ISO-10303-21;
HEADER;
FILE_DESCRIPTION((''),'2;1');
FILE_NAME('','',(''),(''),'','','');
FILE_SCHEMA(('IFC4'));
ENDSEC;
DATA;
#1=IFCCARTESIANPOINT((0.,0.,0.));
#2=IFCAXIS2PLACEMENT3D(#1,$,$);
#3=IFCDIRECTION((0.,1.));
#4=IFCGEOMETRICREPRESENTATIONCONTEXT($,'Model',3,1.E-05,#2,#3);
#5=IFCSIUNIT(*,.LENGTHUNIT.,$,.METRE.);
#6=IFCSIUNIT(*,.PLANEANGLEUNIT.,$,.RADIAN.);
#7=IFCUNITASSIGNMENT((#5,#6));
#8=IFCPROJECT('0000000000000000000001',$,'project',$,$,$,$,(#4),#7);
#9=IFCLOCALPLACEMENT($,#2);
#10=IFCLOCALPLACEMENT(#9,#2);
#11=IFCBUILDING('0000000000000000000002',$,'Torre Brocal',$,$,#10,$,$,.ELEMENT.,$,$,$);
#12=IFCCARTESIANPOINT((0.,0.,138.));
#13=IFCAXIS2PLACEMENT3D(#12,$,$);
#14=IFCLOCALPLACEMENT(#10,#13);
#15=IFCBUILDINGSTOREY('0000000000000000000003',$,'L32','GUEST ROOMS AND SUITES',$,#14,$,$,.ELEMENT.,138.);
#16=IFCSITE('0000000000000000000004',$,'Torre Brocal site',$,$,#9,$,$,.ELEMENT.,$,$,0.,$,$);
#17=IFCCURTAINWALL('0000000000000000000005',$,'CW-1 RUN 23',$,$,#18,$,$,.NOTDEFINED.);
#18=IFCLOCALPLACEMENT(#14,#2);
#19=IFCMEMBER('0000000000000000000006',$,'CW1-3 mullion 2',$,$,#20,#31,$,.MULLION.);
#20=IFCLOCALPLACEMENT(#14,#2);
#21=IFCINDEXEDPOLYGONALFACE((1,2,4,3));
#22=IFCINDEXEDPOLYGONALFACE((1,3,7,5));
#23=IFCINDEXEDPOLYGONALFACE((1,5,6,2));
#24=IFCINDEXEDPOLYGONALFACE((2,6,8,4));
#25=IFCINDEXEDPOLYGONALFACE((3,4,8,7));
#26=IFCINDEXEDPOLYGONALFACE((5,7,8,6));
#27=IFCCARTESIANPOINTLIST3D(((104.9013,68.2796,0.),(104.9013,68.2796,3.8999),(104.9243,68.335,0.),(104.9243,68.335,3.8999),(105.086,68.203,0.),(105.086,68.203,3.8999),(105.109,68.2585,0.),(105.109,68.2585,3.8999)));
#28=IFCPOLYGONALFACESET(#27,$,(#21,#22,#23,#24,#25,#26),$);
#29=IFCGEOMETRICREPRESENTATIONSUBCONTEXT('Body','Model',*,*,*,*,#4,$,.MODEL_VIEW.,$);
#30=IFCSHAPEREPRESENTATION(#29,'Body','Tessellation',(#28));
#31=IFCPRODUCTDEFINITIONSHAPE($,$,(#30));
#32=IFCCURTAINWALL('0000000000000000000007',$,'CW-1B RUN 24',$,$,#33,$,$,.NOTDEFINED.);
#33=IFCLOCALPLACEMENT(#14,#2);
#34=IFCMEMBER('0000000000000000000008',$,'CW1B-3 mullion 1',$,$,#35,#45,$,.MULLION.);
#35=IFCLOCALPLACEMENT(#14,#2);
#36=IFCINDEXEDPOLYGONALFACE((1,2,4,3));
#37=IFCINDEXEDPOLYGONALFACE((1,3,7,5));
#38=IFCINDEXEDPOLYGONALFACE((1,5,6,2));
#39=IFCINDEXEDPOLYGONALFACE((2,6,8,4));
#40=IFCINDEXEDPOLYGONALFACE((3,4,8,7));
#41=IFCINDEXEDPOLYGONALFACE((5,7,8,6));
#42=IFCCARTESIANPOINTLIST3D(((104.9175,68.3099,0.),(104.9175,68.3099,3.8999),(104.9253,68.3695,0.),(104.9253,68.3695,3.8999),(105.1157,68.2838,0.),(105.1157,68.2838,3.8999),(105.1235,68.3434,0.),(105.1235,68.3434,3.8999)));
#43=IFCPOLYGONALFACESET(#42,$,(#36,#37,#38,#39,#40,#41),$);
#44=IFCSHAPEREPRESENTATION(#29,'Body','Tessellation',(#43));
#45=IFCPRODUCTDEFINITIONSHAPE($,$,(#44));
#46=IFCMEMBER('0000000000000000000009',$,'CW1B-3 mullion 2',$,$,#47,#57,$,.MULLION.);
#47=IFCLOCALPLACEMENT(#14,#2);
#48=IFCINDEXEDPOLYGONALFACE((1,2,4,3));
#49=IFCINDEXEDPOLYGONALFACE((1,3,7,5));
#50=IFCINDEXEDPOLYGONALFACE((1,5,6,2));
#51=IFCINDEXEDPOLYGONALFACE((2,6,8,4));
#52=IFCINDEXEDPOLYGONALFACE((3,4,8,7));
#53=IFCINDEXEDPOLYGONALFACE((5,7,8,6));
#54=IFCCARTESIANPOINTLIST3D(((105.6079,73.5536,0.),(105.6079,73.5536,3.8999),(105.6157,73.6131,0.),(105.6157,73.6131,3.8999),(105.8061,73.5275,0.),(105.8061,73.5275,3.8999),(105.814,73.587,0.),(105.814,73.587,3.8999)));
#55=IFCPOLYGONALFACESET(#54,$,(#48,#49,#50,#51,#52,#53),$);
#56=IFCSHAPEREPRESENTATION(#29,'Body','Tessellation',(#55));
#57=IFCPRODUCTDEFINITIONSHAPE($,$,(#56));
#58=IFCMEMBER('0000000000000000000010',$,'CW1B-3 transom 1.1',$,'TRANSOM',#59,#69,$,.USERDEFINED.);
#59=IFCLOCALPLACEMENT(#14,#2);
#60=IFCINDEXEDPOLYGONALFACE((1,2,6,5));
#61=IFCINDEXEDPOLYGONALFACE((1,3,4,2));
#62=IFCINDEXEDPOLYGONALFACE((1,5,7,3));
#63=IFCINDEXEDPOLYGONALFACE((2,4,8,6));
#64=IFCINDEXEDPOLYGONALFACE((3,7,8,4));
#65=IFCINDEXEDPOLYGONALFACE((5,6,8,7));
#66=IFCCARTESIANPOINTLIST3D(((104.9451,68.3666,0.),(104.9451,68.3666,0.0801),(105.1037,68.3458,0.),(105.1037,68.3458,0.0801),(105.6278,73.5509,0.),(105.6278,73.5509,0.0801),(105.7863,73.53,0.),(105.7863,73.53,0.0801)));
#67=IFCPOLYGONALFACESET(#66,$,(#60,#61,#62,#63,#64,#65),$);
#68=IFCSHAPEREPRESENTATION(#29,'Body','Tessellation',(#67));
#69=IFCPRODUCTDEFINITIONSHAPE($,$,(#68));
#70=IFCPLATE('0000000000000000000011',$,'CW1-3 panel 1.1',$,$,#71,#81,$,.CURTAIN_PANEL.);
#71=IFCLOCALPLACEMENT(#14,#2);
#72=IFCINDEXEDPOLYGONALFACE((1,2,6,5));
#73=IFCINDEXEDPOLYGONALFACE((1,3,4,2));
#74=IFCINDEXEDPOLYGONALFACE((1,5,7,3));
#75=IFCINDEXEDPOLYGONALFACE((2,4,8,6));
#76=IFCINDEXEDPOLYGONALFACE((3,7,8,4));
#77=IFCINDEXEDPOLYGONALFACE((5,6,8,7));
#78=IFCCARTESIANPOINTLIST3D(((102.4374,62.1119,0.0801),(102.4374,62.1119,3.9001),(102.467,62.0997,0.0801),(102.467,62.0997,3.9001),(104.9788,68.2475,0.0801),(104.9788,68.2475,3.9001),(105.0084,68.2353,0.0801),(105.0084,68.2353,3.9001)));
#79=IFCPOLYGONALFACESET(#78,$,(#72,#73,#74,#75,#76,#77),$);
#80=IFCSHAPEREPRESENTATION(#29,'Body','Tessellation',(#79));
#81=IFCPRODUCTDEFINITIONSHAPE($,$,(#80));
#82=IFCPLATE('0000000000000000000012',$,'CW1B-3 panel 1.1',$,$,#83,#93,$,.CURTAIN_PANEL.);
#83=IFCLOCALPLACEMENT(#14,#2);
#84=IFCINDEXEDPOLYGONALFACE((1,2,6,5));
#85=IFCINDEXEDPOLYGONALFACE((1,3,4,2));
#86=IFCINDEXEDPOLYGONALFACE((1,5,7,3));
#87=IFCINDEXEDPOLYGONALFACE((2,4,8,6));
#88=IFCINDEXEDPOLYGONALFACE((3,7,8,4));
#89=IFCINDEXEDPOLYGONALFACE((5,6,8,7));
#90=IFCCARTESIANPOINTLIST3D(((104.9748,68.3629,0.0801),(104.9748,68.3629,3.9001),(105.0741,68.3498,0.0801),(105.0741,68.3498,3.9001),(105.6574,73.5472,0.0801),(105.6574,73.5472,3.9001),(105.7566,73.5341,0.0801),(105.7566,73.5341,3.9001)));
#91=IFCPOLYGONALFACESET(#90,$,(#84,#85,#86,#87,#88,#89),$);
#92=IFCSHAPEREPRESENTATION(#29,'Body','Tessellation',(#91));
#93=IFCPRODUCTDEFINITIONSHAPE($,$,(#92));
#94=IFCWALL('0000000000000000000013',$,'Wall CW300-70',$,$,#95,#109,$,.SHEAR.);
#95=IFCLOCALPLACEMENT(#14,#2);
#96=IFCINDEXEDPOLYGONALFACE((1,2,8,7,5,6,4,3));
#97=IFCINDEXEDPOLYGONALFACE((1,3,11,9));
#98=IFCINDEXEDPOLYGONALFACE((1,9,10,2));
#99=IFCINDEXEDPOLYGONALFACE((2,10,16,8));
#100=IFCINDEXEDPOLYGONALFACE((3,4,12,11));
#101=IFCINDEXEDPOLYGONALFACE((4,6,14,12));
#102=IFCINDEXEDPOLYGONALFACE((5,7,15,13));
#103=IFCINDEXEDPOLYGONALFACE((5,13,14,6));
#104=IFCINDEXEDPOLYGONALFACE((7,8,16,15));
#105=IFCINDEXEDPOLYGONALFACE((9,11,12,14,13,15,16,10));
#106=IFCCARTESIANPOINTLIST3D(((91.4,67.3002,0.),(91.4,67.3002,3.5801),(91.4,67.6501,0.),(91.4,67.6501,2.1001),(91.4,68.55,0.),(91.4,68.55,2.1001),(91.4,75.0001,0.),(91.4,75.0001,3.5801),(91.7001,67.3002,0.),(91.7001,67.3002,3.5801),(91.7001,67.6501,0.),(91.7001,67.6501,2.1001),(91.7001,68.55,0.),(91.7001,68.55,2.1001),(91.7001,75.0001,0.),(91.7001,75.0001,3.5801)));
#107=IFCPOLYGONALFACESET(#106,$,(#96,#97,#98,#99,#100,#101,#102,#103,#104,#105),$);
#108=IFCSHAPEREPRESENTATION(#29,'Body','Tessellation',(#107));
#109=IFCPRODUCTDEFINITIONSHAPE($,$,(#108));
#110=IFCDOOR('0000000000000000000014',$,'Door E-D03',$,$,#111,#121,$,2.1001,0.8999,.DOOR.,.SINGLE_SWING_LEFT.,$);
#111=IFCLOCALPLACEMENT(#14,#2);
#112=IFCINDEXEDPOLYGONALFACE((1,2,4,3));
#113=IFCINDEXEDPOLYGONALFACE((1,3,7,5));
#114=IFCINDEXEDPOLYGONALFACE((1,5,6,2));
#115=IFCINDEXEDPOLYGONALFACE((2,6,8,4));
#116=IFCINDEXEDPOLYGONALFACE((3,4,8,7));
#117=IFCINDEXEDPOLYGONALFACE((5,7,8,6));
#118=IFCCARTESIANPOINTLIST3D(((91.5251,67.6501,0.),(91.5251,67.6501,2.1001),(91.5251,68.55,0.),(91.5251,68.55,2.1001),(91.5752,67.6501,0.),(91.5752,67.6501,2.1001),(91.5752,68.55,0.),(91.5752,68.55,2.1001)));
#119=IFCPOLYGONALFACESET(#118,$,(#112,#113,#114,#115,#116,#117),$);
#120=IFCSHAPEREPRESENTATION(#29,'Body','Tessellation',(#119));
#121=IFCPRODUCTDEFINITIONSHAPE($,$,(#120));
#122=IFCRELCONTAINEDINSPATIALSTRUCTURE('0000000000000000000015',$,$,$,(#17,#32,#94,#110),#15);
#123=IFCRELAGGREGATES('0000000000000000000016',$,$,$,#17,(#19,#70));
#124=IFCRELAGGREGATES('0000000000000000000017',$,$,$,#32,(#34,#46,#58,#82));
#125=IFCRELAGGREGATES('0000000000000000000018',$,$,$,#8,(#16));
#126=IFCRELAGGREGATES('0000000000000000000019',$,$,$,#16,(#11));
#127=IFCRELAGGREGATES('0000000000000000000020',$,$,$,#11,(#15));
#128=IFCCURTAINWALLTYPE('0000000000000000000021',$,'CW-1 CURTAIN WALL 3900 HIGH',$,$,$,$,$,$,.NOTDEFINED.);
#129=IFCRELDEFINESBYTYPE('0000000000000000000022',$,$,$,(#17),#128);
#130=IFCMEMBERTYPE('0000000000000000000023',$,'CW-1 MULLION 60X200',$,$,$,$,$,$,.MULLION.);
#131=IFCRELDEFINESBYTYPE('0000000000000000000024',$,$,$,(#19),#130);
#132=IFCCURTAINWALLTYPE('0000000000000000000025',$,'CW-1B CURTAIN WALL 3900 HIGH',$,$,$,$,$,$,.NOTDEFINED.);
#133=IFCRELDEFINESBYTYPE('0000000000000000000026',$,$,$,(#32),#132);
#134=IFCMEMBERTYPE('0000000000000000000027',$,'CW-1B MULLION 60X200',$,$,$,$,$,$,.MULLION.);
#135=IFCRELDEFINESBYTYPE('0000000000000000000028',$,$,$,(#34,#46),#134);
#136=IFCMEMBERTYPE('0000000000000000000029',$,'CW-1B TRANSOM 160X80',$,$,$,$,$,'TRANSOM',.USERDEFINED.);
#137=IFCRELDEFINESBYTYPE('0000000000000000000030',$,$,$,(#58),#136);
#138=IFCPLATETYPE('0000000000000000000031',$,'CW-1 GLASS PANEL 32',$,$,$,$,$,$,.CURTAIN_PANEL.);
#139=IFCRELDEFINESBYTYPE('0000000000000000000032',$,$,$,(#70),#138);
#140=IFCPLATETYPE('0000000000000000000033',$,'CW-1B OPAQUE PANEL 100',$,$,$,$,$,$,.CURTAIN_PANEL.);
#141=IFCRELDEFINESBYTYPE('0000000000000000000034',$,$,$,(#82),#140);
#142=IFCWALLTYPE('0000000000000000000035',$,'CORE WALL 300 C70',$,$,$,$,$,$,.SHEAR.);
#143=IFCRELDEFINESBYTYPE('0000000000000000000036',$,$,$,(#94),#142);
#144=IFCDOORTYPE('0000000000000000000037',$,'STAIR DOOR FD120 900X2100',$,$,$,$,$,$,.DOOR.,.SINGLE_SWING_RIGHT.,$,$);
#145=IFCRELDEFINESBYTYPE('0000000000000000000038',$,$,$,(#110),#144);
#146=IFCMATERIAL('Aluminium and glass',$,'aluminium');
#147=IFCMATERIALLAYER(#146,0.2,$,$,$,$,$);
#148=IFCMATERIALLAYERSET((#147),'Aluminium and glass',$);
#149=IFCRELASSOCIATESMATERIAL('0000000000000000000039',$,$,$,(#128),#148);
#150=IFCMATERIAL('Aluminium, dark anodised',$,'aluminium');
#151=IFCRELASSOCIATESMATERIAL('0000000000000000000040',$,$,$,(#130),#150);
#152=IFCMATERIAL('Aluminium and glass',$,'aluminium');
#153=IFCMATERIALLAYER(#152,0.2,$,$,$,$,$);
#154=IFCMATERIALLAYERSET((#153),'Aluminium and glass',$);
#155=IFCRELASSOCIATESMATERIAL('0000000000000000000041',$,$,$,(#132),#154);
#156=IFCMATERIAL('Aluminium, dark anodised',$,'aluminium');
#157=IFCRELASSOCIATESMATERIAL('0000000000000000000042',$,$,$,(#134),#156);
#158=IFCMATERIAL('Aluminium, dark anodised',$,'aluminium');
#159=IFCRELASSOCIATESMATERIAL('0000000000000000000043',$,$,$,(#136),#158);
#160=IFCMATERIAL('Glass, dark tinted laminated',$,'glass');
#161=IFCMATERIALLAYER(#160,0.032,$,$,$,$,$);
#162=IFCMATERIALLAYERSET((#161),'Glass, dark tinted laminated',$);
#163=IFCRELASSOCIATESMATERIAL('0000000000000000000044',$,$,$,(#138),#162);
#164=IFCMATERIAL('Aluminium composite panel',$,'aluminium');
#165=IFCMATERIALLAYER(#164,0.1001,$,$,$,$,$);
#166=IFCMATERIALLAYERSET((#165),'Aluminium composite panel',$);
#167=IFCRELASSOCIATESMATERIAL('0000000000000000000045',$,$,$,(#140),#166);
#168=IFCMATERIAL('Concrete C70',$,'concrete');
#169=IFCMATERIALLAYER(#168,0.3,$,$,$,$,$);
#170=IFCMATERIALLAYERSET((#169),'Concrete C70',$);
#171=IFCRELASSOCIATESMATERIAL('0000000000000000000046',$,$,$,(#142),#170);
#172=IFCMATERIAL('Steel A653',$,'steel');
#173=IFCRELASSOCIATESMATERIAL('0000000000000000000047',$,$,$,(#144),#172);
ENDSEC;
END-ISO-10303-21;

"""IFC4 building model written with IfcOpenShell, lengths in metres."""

from ifc_helpers import new_model, si_unit, direction, frame, frame_2d, origin, origin_2d, place, context, subcontext, project, spatial, rectangle, extrude, material, layer, layer_set, material_profile, profile_set, type_object, element, fill, aggregate, save


model = new_model("IFC4")

# Units and contexts
model_context = context("Model", 3, precision=1e-05, world=origin(), true_north=direction((0.0, 1.0)))
body_context = subcontext(model_context, "Body", "Model", "MODEL_VIEW")
ifc_project = project(units=[si_unit("LENGTHUNIT", "METRE"), si_unit("PLANEANGLEUNIT", "RADIAN")], contexts=[model_context])

# Site, building, storey
site_placement = place(None, origin())
site = spatial("IfcSite", under=ifc_project, at=site_placement, Name="Torre Brocal site", CompositionType="ELEMENT", RefElevation=0.0)
building_placement = place(site_placement, origin())
building = spatial("IfcBuilding", under=site, at=building_placement, Name="Torre Brocal", CompositionType="ELEMENT")
storey_placement = place(building_placement, frame((0.0, 0.0, 138.0)))
storey = spatial("IfcBuildingStorey", under=building, at=storey_placement, Name="L32", Description="GUEST ROOMS AND SUITES", CompositionType="ELEMENT", Elevation=138.0)

# Curtain wall, member
ifc_material_1 = material(Name="Aluminium and glass", Category="aluminium")
ifc_layer_1 = layer(ifc_material_1, 0.2)
ifc_layer_set_1 = layer_set([ifc_layer_1], Name="Aluminium and glass")
curtain_wall_type_1 = type_object("IfcCurtainWallType", Name="CW-1 CURTAIN WALL 3900 HIGH", PredefinedType="NOTDEFINED", material=ifc_layer_set_1)
curtain_wall_1_placement = place(storey_placement, origin())
curtain_wall_1 = element("IfcCurtainWall", 1, at=curtain_wall_1_placement, inside=storey, type_object=curtain_wall_type_1, Name="CW-1 RUN 23", PredefinedType="NOTDEFINED")
ifc_material_2 = material(Name="Aluminium, dark anodised", Category="aluminium")
ifc_material_profile_1 = material_profile(ifc_material_2, rectangle(XDim=0.2, YDim=0.0601, at=origin_2d()), Name="CW-1 MULLION 60X200")
ifc_profile_set_1 = profile_set([ifc_material_profile_1], Name="Aluminium, dark anodised")
member_type_1 = type_object("IfcMemberType", Name="CW-1 MULLION 60X200", PredefinedType="MULLION", material=ifc_profile_set_1)
member_1_placement = place(storey_placement, frame((105.0051, 68.269, 0.0), z_axis=(0.0, 0.0, 1.0), x_axis=(-0.92388, 0.382683, 0.0)))
member_1 = element("IfcMember", 2, at=member_1_placement, type_object=member_type_1, Name="CW1-3 mullion 2", PredefinedType="MULLION", context=body_context, shape_type="SweptSolid", body=[
    extrude(rectangle(XDim=0.2, YDim=0.0601, at=origin_2d()), origin(), (0.0, 0.0, 1.0), 3.8999),
])

# Curtain wall, members
ifc_material_3 = material(Name="Aluminium and glass", Category="aluminium")
ifc_layer_2 = layer(ifc_material_3, 0.2)
ifc_layer_set_2 = layer_set([ifc_layer_2], Name="Aluminium and glass")
curtain_wall_type_2 = type_object("IfcCurtainWallType", Name="CW-1B CURTAIN WALL 3900 HIGH", PredefinedType="NOTDEFINED", material=ifc_layer_set_2)
curtain_wall_2_placement = place(storey_placement, origin())
curtain_wall_2 = element("IfcCurtainWall", 3, at=curtain_wall_2_placement, inside=storey, type_object=curtain_wall_type_2, Name="CW-1B RUN 24", PredefinedType="NOTDEFINED")
ifc_material_4 = material(Name="Aluminium, dark anodised", Category="aluminium")
ifc_material_profile_2 = material_profile(ifc_material_4, rectangle(XDim=0.2, YDim=0.0601, at=origin_2d()), Name="CW-1B MULLION 60X200")
ifc_profile_set_2 = profile_set([ifc_material_profile_2], Name="Aluminium, dark anodised")
member_type_2 = type_object("IfcMemberType", Name="CW-1B MULLION 60X200", PredefinedType="MULLION", material=ifc_profile_set_2)
member_2_placement = place(storey_placement, frame((105.0205, 68.3267, 0.0), z_axis=(0.0, 0.0, 1.0), x_axis=(-0.991445, 0.130526, 0.0)))
member_2 = element("IfcMember", 4, at=member_2_placement, type_object=member_type_2, Name="CW1B-3 mullion 1", PredefinedType="MULLION", context=body_context, shape_type="SweptSolid", body=[
    extrude(rectangle(XDim=0.2, YDim=0.0601, at=origin_2d()), origin(), (0.0, 0.0, 1.0), 3.8999),
])
member_3_placement = place(storey_placement, frame((105.7109, 73.5703, 0.0), z_axis=(0.0, 0.0, 1.0), x_axis=(-0.991445, 0.130526, 0.0)))
member_3 = element("IfcMember", 5, at=member_3_placement, type_object=member_type_2, Name="CW1B-3 mullion 2", PredefinedType="MULLION", context=body_context, shape_type="SweptSolid", body=[
    extrude(rectangle(XDim=0.2, YDim=0.0601, at=origin_2d()), origin(), (0.0, 0.0, 1.0), 3.8999),
])
ifc_material_5 = material(Name="Aluminium, dark anodised", Category="aluminium")
ifc_material_profile_3 = material_profile(ifc_material_5, rectangle(XDim=0.1599, YDim=0.0801, at=origin_2d()), Name="CW-1B TRANSOM 160X80")
ifc_profile_set_3 = profile_set([ifc_material_profile_3], Name="Aluminium, dark anodised")
member_type_3 = type_object("IfcMemberType", Name="CW-1B TRANSOM 160X80", ElementType="TRANSOM", PredefinedType="USERDEFINED", material=ifc_profile_set_3)
member_4_placement = place(storey_placement, frame((105.0244, 68.3562, 0.04), z_axis=(0.130543, 0.991443, 0.0), x_axis=(-0.991443, 0.130543, 0.0)))
member_4 = element("IfcMember", 6, at=member_4_placement, type_object=member_type_3, Name="CW1B-3 transom 1.1", ObjectType="TRANSOM", PredefinedType="USERDEFINED", context=body_context, shape_type="SweptSolid", body=[
    extrude(rectangle(XDim=0.1599, YDim=0.0801, at=origin_2d()), origin(), (0.0, 0.0, 1.0), 5.229),
])

# Plates
ifc_material_6 = material(Name="Glass, dark tinted laminated", Category="glass")
ifc_layer_3 = layer(ifc_material_6, 0.032)
ifc_layer_set_3 = layer_set([ifc_layer_3], Name="Glass, dark tinted laminated")
plate_type_1 = type_object("IfcPlateType", Name="CW-1 GLASS PANEL 32", PredefinedType="CURTAIN_PANEL", material=ifc_layer_set_3)
plate_1_placement = place(storey_placement, frame((103.7229, 65.1736, 0.0801), z_axis=(0.0, 0.0, 1.0), x_axis=(0.382683, 0.92388, 0.0)))
plate_1 = element("IfcPlate", 7, at=plate_1_placement, type_object=plate_type_1, Name="CW1-3 panel 1.1", PredefinedType="CURTAIN_PANEL", context=body_context, shape_type="SweptSolid", body=[
    extrude(rectangle(XDim=6.6411, YDim=0.032, at=origin_2d()), origin(), (0.0, 0.0, 1.0), 3.8201),
])
aggregate(curtain_wall_1, [member_1, plate_1])
ifc_material_7 = material(Name="Aluminium composite panel", Category="aluminium")
ifc_layer_4 = layer(ifc_material_7, 0.1001)
ifc_layer_set_4 = layer_set([ifc_layer_4], Name="Aluminium composite panel")
plate_type_2 = type_object("IfcPlateType", Name="CW-1B OPAQUE PANEL 100", PredefinedType="CURTAIN_PANEL", material=ifc_layer_set_4)
plate_2_placement = place(storey_placement, frame((105.3657, 70.9485, 0.0801), z_axis=(0.0, 0.0, 1.0), x_axis=(0.130526, 0.991445, 0.0)))
plate_2 = element("IfcPlate", 8, at=plate_2_placement, type_object=plate_type_2, Name="CW1B-3 panel 1.1", PredefinedType="CURTAIN_PANEL", context=body_context, shape_type="SweptSolid", body=[
    extrude(rectangle(XDim=5.229, YDim=0.1001, at=origin_2d()), origin(), (0.0, 0.0, 1.0), 3.8201),
])
aggregate(curtain_wall_2, [member_2, member_3, member_4, plate_2])

# Wall, opening, door
ifc_material_8 = material(Name="Concrete C70", Category="concrete")
ifc_layer_5 = layer(ifc_material_8, 0.3)
ifc_layer_set_5 = layer_set([ifc_layer_5], Name="Concrete C70")
wall_type_1 = type_object("IfcWallType", Name="CORE WALL 300 C70", PredefinedType="SHEAR", material=ifc_layer_set_5)
wall_1_placement = place(storey_placement, frame((91.55, 67.3, 0.0), z_axis=(0.0, 0.0, 1.0), x_axis=(0.0, 1.0, 0.0)))
wall_1 = element("IfcWall", 9, at=wall_1_placement, inside=storey, type_object=wall_type_1, Name="Wall CW300-70", PredefinedType="SHEAR", context=body_context, shape_type="SweptSolid", body=[
    extrude(rectangle(XDim=7.7, YDim=0.3, at=frame_2d((3.8501, 0.0))), origin(), (0.0, 0.0, 1.0), 3.5801),
])
opening_1_placement = place(wall_1_placement, frame((0.3501, 0.0, 0.0)))
opening_1 = element("IfcOpeningElement", 10, at=opening_1_placement, cuts=wall_1, PredefinedType="OPENING", context=body_context, shape_type="SweptSolid", body=[
    extrude(rectangle(XDim=0.8999, YDim=2.1001, at=frame_2d((0.45, 1.05))), frame((0.0, 0.1599, 0.0), z_axis=(0.0, -1.0, 0.0), x_axis=(1.0, 0.0, 0.0)), (0.0, 0.0, 1.0), 0.3201),
])
ifc_material_9 = material(Name="Steel A653", Category="steel")
door_type_1 = type_object("IfcDoorType", Name="STAIR DOOR FD120 900X2100", OperationType="SINGLE_SWING_RIGHT", PredefinedType="DOOR", material=ifc_material_9)
door_1_placement = place(opening_1_placement, origin())
door_1 = element("IfcDoor", 11, at=door_1_placement, inside=storey, type_object=door_type_1, Name="Door E-D03", OperationType="SINGLE_SWING_LEFT", OverallHeight=2.1001, OverallWidth=0.8999, PredefinedType="DOOR", context=body_context, shape_type="SweptSolid", body=[
    extrude(rectangle(XDim=0.8999, YDim=2.1001, at=frame_2d((0.45, 1.05))), frame((0.0, 0.0249, 0.0), z_axis=(0.0, -1.0, 0.0), x_axis=(1.0, 0.0, 0.0)), (0.0, 0.0, 1.0), 0.05),
])
fill(opening_1, door_1)

save(model, "model.ifc")
